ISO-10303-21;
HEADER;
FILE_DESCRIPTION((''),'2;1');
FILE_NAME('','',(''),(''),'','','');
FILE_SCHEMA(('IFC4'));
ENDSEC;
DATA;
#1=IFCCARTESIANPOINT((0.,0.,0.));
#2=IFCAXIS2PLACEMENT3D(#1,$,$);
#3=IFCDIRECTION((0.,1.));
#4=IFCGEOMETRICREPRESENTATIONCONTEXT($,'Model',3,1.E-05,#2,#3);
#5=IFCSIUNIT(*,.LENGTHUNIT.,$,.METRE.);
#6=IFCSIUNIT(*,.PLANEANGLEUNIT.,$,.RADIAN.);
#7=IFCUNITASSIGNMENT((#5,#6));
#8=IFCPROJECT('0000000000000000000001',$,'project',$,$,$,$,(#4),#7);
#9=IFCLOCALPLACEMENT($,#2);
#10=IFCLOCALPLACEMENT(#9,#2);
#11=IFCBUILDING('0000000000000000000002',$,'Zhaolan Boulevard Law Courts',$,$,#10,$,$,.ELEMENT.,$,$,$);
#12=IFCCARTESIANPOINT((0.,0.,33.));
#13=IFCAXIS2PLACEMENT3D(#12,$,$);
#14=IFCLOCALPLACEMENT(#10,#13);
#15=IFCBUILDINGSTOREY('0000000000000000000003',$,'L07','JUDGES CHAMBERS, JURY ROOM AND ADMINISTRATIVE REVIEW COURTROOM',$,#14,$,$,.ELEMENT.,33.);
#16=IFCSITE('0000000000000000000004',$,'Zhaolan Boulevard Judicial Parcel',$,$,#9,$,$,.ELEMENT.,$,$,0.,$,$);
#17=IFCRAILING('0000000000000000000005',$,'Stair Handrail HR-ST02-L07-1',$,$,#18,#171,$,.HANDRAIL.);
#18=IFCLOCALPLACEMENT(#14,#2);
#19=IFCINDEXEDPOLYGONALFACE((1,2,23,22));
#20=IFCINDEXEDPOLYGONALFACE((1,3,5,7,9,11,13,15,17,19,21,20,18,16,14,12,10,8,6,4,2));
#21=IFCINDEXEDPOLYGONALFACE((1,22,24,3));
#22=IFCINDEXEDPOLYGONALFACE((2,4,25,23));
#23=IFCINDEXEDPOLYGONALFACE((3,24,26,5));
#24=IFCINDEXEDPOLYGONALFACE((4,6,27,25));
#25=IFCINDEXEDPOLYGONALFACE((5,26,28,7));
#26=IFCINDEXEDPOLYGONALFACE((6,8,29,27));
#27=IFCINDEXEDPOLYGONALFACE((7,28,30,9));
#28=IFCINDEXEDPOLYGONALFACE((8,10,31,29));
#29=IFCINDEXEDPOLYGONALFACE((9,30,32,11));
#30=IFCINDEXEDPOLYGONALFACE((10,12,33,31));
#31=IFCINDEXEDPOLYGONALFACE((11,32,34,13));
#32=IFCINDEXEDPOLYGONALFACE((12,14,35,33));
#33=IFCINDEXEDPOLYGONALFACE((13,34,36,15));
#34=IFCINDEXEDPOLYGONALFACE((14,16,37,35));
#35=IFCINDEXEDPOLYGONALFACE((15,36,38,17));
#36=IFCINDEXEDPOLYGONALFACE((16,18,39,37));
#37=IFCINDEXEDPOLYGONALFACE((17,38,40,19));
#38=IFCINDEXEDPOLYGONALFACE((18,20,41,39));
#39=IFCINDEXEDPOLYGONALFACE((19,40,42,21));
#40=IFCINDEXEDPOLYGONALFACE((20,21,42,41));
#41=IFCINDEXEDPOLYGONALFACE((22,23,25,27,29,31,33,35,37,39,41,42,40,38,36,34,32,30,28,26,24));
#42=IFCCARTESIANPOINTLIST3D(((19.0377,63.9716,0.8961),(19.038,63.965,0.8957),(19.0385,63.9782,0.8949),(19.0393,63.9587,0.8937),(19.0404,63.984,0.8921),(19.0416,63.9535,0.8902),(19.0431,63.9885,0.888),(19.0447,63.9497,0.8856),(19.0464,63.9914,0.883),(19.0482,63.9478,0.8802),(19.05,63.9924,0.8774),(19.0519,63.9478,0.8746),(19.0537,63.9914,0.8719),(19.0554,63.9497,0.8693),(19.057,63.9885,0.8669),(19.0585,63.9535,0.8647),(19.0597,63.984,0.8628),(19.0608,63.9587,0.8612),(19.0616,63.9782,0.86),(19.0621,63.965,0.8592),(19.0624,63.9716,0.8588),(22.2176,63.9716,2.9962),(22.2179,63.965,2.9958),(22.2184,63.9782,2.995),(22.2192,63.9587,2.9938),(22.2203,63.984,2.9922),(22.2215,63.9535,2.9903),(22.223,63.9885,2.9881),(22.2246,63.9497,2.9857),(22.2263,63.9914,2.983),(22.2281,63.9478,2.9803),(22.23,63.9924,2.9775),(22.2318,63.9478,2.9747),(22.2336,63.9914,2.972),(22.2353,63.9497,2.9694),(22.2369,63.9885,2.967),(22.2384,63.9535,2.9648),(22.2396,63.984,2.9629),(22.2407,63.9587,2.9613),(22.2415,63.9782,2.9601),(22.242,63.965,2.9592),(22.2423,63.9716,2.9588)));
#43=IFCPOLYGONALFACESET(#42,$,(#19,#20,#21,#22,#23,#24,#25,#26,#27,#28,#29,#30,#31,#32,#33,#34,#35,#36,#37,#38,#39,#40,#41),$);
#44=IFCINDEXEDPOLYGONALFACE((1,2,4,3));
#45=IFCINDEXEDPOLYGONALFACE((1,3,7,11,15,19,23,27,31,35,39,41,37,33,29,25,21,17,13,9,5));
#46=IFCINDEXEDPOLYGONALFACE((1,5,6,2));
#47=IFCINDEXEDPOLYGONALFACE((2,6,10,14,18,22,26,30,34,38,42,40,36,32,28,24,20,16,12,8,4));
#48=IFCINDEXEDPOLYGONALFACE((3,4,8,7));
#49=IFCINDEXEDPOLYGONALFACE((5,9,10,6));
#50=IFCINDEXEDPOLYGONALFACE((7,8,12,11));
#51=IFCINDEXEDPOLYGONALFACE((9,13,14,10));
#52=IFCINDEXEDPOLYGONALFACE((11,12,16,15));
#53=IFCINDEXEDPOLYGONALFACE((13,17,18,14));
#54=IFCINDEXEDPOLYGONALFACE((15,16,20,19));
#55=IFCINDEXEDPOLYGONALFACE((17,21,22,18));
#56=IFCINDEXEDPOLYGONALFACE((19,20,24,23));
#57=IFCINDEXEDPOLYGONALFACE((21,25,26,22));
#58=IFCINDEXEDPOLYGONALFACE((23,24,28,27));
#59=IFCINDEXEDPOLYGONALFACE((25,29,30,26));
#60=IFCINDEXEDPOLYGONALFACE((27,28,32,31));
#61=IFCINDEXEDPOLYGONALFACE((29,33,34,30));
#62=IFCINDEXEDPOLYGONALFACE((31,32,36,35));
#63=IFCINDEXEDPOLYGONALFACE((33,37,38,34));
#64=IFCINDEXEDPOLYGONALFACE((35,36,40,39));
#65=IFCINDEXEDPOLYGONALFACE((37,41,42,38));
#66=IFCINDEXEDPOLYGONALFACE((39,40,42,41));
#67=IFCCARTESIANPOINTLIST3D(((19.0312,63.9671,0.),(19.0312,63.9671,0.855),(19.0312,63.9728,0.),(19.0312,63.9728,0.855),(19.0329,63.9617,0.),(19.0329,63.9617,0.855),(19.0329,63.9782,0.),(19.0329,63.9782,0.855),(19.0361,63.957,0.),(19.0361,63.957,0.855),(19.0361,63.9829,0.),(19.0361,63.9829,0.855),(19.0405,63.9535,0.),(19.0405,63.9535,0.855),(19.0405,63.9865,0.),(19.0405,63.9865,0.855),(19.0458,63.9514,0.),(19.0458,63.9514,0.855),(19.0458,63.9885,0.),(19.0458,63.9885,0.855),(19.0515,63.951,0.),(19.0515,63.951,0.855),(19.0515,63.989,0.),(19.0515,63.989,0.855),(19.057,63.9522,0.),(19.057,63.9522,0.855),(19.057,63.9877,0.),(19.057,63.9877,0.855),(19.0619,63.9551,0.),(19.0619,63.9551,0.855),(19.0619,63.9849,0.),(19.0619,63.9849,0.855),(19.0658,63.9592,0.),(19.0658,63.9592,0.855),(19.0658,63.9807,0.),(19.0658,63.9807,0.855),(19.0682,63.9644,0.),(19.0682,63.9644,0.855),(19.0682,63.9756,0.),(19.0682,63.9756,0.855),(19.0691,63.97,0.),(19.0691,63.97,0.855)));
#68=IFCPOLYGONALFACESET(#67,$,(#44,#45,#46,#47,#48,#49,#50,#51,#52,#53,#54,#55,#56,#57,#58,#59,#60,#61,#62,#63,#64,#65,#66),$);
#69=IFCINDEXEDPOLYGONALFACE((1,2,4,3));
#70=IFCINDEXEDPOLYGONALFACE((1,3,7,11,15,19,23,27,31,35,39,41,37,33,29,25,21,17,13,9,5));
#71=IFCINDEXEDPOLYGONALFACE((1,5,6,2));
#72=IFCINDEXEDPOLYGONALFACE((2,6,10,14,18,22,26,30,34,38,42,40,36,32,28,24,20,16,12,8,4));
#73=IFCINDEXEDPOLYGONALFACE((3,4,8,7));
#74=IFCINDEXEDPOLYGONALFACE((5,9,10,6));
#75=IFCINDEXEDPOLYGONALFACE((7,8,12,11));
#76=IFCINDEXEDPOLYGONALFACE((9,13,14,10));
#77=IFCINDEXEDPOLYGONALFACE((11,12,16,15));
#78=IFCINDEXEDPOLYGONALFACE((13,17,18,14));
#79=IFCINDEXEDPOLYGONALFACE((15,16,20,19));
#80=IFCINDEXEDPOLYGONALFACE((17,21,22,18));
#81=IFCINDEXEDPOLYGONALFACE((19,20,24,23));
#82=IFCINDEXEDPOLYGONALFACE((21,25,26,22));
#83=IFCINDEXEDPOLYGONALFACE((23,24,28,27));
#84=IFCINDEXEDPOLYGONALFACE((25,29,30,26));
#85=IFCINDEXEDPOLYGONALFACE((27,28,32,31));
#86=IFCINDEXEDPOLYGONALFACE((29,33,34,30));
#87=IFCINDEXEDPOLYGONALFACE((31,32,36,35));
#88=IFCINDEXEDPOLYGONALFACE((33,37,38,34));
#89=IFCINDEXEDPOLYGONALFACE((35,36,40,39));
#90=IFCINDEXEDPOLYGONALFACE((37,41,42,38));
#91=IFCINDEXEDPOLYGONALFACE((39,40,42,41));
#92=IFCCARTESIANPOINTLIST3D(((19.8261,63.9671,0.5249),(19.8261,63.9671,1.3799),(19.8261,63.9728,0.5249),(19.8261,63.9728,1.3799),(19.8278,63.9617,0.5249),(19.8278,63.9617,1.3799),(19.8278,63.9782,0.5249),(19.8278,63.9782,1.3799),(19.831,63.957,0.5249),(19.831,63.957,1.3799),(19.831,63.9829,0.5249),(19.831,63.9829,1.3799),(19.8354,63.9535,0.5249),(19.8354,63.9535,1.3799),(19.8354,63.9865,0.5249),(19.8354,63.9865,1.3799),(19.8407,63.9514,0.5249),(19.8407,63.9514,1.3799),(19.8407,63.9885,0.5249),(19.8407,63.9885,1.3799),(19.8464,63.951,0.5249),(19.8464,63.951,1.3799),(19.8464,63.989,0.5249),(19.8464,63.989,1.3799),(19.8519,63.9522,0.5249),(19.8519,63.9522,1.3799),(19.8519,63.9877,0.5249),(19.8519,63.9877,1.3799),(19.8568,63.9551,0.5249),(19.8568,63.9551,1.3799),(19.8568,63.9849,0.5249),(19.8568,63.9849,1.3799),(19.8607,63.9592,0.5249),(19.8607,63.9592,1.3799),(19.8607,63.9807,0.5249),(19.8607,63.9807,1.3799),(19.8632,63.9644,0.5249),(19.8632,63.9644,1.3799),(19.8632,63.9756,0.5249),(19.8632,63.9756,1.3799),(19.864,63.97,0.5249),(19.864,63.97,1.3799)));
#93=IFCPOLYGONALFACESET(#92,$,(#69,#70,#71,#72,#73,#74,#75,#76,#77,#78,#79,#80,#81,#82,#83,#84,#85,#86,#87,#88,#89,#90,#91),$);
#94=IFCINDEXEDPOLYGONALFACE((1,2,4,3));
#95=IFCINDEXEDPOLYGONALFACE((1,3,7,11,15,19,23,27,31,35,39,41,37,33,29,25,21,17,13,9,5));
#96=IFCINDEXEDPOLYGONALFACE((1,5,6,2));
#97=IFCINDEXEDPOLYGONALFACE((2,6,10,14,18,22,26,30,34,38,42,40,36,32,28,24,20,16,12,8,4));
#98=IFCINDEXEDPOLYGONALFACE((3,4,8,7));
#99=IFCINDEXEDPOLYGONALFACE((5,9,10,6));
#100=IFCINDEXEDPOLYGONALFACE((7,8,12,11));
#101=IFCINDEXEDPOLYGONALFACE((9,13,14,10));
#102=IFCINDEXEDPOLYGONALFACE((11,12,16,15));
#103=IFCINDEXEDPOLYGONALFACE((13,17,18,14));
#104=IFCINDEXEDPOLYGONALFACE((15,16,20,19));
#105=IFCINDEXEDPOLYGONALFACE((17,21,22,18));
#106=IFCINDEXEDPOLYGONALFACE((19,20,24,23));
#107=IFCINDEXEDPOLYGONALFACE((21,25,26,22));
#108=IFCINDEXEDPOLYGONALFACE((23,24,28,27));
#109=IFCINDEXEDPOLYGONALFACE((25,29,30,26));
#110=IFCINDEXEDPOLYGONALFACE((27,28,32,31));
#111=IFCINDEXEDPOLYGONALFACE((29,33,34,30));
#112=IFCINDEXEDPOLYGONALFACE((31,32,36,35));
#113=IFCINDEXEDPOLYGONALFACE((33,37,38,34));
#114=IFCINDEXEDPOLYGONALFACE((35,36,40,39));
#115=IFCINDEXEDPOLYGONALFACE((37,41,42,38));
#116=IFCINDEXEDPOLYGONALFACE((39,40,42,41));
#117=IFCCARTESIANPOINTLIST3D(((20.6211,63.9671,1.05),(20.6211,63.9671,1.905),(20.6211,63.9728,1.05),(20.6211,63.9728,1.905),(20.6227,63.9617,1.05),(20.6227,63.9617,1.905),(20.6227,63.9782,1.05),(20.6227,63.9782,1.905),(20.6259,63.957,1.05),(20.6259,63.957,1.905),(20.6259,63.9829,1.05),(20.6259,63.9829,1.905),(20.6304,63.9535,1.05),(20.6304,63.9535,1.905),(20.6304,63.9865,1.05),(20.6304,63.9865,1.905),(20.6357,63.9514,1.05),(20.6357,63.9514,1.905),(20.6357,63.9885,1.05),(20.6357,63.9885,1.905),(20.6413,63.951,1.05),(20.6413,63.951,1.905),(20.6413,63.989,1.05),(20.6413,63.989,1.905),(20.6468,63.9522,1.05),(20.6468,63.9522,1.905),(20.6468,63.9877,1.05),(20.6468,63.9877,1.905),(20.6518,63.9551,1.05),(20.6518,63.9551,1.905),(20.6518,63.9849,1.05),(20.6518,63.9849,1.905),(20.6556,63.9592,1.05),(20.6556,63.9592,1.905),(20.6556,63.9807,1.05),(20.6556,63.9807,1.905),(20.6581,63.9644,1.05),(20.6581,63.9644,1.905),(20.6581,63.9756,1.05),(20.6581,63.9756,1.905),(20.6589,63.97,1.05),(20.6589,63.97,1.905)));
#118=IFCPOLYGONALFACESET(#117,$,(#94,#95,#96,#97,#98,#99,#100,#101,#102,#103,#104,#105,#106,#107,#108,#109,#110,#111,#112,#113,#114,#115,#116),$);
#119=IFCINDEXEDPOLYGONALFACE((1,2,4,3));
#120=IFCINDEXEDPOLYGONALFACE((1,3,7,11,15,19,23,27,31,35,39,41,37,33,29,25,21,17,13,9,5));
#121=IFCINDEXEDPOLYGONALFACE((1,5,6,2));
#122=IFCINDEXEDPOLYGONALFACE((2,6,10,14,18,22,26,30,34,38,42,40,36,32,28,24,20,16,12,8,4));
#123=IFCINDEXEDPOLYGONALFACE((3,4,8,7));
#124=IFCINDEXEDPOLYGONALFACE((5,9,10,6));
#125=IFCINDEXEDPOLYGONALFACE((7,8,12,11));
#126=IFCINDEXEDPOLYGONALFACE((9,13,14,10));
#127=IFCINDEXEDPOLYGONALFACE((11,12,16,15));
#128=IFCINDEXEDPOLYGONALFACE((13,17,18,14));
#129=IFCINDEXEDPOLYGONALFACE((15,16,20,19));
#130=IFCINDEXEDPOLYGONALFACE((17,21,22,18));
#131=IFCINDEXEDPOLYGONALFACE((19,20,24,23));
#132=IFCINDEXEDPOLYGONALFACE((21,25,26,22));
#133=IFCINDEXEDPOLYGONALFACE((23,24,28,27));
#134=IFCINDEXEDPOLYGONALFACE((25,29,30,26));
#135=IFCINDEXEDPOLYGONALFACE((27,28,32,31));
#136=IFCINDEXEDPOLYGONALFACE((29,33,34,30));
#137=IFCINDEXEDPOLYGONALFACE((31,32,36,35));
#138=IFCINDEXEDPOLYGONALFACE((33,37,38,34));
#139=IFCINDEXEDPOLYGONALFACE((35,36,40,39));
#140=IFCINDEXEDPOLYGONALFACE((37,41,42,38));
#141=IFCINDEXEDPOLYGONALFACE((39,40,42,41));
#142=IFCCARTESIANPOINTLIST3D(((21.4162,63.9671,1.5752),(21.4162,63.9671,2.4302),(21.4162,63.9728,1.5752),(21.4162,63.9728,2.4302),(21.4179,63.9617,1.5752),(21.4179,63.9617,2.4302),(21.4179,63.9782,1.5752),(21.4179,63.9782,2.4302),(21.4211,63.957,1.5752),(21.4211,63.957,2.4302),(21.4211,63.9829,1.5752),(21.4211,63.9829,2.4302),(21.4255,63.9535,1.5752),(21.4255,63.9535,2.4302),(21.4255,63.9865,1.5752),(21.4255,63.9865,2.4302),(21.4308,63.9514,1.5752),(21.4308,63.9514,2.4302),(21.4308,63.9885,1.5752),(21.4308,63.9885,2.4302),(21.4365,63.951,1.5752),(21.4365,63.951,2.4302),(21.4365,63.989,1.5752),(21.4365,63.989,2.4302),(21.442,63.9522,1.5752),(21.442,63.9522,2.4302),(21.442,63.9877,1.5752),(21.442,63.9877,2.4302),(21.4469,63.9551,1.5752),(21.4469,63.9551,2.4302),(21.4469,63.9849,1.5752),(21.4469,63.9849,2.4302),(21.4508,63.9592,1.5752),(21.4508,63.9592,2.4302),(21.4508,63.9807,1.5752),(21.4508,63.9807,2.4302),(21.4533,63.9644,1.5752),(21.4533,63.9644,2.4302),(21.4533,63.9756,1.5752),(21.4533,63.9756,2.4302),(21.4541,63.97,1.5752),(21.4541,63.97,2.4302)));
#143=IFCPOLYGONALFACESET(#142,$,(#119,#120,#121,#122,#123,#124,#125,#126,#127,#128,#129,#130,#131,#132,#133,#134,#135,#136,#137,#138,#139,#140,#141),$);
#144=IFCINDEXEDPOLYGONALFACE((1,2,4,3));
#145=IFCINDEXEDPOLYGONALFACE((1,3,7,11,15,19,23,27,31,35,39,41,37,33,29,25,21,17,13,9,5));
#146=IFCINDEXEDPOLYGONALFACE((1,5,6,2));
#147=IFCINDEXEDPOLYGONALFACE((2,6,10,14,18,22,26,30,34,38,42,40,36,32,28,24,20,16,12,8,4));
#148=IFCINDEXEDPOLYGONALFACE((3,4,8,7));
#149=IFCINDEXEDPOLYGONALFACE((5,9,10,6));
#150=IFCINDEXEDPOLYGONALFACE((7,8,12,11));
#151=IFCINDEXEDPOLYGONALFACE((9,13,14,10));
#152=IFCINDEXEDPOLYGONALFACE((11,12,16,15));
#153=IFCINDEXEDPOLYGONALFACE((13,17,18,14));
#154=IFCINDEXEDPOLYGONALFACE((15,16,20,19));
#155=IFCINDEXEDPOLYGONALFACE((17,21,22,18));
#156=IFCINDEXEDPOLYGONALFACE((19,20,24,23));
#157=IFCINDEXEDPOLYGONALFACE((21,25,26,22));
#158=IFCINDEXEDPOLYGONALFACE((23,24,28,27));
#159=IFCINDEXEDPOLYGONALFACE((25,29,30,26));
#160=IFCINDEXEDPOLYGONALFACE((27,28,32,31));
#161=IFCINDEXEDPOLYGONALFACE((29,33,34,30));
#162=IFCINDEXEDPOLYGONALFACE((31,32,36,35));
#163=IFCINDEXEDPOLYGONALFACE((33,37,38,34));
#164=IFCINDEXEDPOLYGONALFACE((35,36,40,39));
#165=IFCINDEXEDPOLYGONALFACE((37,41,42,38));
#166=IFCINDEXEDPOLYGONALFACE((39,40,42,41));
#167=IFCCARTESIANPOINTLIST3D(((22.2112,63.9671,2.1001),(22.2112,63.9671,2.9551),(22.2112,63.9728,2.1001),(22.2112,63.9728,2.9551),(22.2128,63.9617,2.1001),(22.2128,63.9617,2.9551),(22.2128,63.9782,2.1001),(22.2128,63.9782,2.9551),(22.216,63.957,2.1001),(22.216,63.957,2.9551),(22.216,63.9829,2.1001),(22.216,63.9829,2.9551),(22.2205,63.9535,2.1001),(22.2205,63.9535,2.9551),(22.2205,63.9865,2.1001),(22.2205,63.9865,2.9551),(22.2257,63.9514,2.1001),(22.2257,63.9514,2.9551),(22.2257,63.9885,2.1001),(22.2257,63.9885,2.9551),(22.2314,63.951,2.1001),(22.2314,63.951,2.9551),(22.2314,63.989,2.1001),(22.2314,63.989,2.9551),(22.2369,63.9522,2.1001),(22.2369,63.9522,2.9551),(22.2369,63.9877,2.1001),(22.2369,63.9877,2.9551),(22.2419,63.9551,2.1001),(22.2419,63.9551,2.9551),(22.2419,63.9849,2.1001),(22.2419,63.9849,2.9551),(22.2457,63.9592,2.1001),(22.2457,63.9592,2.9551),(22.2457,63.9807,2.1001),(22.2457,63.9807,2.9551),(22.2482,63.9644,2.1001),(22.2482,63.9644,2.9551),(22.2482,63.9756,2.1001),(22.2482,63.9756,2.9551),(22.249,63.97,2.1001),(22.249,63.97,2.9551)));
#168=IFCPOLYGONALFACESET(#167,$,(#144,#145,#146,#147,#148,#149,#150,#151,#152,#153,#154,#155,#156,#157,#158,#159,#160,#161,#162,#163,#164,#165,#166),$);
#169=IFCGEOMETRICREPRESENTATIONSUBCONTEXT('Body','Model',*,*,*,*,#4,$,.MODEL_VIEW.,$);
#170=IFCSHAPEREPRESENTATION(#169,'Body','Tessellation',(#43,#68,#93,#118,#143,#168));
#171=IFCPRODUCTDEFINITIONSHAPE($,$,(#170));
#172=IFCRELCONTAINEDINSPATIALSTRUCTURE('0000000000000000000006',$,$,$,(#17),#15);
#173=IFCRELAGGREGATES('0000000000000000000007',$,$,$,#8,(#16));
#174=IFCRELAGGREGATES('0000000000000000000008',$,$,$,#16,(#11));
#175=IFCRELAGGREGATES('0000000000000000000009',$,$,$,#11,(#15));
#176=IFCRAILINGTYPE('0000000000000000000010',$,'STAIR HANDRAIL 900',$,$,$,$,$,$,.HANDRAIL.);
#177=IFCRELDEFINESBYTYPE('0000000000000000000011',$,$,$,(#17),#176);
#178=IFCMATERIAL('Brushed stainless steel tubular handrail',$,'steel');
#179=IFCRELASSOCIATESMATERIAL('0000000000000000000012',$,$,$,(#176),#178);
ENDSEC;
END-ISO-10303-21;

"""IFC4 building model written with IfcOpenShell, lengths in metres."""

from ifc_helpers import new_model, si_unit, direction, frame, origin, origin_2d, place, context, subcontext, project, spatial, circle, extrude, material, type_object, element, save


model = new_model("IFC4")

# Units and contexts
model_context = context("Model", 3, precision=1e-05, world=origin(), true_north=direction((0.0, 1.0)))
body_context = subcontext(model_context, "Body", "Model", "MODEL_VIEW")
ifc_project = project(units=[si_unit("LENGTHUNIT", "METRE"), si_unit("PLANEANGLEUNIT", "RADIAN")], contexts=[model_context])

# Site, building, storey
site_placement = place(None, origin())
site = spatial("IfcSite", under=ifc_project, at=site_placement, Name="Zhaolan Boulevard Judicial Parcel", CompositionType="ELEMENT", RefElevation=0.0)
building_placement = place(site_placement, origin())
building = spatial("IfcBuilding", under=site, at=building_placement, Name="Zhaolan Boulevard Law Courts", CompositionType="ELEMENT")
storey_placement = place(building_placement, frame((0.0, 0.0, 33.0)))
storey = spatial("IfcBuildingStorey", under=building, at=storey_placement, Name="L07", Description="JUDGES CHAMBERS, JURY ROOM AND ADMINISTRATIVE REVIEW COURTROOM", CompositionType="ELEMENT", Elevation=33.0)

# Railing
ifc_material_1 = material(Name="Brushed stainless steel tubular handrail", Category="steel")
railing_type_1 = type_object("IfcRailingType", Name="STAIR HANDRAIL 900", PredefinedType="HANDRAIL", material=ifc_material_1)
railing_1_placement = place(storey_placement, frame((19.05, 63.97, 0.0)))
element("IfcRailing", 1, at=railing_1_placement, inside=storey, type_object=railing_type_1, Name="Stair Handrail HR-ST02-L07-1", PredefinedType="HANDRAIL", context=body_context, shape_type="SweptSolid", body=[
    extrude(circle(Radius=0.0225, at=origin_2d()), frame((0.0, 0.0, 0.8774), z_axis=(0.834447, 0.0, 0.551088), x_axis=(0.0, 1.0, 0.0)), (0.0, 0.0, 1.0), 3.8108),
    extrude(circle(Radius=0.019, at=origin_2d()), origin(), (0.0, 0.0, 1.0), 0.855),
    extrude(circle(Radius=0.019, at=origin_2d()), frame((0.7949, 0.0, 0.5249)), (0.0, 0.0, 1.0), 0.855),
    extrude(circle(Radius=0.019, at=origin_2d()), frame((1.5898, 0.0, 1.05)), (0.0, 0.0, 1.0), 0.855),
    extrude(circle(Radius=0.019, at=origin_2d()), frame((2.385, 0.0, 1.5752)), (0.0, 0.0, 1.0), 0.855),
    extrude(circle(Radius=0.019, at=origin_2d()), frame((3.1799, 0.0, 2.1001)), (0.0, 0.0, 1.0), 0.855),
])

save(model, "model.ifc")
